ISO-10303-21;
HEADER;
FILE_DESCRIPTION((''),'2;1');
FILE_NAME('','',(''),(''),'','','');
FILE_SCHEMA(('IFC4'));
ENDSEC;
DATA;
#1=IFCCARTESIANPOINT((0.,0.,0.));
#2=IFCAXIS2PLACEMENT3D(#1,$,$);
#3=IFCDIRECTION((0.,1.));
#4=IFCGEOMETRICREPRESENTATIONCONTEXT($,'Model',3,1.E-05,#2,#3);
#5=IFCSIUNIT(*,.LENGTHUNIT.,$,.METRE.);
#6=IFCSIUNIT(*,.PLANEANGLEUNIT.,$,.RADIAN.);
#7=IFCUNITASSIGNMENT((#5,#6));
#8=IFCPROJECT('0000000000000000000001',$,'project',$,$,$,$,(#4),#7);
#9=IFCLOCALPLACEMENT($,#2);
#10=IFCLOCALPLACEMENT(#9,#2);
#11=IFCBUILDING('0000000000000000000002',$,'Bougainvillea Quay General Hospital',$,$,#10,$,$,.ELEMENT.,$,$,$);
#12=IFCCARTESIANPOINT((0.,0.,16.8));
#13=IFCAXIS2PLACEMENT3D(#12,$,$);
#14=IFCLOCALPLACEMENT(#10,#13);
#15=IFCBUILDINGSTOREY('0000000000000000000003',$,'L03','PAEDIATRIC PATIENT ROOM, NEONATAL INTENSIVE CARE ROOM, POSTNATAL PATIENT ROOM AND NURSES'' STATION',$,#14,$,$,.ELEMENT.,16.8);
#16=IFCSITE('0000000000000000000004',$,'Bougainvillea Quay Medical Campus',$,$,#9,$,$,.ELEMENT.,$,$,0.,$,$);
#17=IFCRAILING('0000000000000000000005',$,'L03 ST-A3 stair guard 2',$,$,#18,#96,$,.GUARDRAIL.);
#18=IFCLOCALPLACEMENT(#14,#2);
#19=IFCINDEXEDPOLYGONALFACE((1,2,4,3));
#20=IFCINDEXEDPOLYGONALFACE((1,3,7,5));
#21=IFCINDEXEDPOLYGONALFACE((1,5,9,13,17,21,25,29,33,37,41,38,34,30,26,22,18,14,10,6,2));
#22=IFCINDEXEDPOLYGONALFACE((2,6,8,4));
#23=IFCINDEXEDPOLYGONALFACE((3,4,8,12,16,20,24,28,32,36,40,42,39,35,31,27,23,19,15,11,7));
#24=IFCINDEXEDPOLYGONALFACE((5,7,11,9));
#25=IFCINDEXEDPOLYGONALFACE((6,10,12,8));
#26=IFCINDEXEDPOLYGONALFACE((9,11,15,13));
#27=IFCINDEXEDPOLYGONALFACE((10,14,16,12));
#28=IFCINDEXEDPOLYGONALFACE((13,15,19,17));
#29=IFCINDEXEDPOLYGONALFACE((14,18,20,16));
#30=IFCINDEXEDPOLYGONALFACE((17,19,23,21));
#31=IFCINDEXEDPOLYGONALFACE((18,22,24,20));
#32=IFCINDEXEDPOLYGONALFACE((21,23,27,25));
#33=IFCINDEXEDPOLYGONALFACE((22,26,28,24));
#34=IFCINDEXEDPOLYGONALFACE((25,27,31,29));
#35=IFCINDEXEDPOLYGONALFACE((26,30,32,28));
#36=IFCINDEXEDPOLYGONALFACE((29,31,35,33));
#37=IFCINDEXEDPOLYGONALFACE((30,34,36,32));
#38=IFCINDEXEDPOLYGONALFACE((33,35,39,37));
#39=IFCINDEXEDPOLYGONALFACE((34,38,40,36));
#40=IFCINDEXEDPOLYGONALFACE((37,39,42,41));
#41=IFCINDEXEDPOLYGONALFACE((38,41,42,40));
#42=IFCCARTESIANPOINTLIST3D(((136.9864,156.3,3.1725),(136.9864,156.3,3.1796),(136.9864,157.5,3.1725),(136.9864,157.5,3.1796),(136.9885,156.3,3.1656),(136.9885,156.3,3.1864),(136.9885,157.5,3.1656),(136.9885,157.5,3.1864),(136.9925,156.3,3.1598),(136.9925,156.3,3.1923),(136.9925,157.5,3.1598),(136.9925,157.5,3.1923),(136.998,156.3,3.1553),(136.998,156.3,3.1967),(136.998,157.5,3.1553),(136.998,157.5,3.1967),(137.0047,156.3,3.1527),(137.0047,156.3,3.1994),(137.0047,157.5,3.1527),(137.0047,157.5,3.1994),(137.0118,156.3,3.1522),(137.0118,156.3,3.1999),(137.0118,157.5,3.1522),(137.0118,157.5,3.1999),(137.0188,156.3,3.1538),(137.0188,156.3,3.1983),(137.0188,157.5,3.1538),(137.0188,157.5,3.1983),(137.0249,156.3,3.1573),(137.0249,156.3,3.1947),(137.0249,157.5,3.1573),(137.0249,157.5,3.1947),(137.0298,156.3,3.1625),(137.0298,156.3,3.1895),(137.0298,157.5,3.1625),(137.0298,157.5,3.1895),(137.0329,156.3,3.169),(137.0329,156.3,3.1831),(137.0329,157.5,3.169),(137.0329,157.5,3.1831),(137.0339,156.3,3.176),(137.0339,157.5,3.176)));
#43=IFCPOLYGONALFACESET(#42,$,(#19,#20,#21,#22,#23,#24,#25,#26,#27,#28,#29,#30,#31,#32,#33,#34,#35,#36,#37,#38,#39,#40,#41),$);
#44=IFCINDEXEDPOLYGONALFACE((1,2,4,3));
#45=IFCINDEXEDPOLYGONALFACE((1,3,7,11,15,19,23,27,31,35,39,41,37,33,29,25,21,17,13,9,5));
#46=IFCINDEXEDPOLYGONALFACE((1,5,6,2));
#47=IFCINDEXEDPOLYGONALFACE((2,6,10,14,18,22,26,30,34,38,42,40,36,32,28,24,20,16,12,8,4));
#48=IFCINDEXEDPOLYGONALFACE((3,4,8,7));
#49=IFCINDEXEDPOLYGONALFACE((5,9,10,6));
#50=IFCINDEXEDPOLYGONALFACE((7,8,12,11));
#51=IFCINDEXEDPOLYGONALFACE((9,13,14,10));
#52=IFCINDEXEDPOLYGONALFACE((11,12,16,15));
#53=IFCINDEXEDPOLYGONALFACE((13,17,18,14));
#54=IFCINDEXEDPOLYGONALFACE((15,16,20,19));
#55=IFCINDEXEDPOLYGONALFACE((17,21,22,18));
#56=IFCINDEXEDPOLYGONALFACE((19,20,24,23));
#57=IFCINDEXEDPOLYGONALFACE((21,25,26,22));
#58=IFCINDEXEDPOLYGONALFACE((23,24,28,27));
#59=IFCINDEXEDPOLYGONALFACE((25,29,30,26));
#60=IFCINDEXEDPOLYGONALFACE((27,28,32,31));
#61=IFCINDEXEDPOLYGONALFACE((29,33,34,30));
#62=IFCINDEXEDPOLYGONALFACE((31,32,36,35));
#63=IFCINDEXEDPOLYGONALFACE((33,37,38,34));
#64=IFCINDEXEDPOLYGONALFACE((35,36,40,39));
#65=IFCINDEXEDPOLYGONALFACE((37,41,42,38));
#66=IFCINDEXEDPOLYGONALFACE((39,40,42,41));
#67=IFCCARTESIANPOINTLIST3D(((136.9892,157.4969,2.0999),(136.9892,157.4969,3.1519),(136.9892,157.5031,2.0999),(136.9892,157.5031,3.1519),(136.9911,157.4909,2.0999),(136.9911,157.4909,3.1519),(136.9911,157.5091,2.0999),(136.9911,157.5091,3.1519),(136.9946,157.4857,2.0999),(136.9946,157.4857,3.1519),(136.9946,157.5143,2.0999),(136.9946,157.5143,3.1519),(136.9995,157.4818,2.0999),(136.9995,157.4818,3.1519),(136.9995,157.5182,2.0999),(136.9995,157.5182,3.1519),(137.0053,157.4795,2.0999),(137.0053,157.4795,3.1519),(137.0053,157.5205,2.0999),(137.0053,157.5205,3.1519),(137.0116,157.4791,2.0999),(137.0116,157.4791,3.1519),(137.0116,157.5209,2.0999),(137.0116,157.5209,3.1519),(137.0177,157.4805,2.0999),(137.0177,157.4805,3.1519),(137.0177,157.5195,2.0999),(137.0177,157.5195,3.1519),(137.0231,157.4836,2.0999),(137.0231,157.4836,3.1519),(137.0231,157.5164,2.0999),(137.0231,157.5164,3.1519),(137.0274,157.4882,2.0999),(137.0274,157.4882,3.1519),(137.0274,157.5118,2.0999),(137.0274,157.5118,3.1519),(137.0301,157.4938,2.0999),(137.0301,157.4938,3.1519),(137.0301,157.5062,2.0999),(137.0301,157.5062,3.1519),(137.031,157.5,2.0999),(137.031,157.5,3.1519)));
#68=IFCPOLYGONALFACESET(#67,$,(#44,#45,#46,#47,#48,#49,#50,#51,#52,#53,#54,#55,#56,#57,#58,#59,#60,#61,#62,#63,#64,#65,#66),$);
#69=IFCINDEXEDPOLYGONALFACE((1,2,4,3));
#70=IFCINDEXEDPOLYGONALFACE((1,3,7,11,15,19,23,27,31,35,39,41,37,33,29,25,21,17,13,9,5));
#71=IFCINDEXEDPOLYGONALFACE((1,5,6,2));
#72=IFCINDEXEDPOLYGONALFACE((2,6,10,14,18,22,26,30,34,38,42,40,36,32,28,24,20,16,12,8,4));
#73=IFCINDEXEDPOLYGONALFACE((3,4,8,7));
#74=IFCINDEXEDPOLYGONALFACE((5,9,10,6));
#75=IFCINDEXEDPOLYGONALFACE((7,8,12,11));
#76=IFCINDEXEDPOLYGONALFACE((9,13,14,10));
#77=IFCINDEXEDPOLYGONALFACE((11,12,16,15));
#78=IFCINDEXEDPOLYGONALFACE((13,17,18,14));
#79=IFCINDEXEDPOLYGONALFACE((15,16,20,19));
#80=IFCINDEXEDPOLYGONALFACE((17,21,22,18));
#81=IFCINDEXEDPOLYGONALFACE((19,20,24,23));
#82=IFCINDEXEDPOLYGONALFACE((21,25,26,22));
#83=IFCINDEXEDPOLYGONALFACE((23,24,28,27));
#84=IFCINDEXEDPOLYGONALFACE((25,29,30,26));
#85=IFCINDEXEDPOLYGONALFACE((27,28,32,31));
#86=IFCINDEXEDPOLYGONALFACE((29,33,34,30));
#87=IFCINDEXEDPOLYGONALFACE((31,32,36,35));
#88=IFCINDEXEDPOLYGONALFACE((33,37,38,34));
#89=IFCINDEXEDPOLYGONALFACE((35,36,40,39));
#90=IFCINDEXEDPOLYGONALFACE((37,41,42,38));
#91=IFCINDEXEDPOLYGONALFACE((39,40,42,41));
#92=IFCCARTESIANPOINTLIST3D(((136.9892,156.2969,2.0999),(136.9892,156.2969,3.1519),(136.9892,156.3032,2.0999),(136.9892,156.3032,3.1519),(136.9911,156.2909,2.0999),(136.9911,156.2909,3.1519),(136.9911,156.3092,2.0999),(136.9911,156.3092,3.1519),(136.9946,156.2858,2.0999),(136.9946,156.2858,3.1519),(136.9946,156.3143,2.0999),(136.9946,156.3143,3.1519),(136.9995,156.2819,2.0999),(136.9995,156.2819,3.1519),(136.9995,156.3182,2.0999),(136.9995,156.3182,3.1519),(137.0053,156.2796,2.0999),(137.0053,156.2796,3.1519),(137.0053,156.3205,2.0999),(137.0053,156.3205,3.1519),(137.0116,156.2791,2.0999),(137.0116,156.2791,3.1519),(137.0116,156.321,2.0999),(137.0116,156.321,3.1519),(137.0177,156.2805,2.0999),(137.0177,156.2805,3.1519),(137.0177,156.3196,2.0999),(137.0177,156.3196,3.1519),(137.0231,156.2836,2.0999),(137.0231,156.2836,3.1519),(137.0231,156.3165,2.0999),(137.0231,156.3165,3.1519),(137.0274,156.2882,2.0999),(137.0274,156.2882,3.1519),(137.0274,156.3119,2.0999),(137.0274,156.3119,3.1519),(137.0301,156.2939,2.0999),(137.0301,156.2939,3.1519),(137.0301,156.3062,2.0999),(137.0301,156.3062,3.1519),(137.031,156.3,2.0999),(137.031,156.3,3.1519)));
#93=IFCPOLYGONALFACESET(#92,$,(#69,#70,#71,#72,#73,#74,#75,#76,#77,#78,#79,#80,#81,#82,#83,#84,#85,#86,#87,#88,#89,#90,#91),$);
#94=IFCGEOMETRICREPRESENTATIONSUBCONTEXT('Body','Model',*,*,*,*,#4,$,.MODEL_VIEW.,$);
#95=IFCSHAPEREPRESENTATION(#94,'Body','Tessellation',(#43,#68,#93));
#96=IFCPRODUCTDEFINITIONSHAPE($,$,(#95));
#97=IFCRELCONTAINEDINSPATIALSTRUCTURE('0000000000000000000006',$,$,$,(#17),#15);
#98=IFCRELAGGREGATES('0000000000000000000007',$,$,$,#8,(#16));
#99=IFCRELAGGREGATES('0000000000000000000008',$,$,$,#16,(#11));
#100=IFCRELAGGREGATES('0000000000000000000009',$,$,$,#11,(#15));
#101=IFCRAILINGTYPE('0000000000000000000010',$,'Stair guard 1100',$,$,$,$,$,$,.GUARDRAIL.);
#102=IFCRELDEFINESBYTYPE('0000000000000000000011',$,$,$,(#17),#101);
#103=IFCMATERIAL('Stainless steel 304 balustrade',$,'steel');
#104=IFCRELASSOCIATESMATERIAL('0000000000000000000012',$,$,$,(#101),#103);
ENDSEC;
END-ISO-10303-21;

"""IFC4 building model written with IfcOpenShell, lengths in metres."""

from ifc_helpers import new_model, si_unit, direction, frame, origin, origin_2d, place, context, subcontext, project, spatial, circle, extrude, material, type_object, element, save


model = new_model("IFC4")

# Units and contexts
model_context = context("Model", 3, precision=1e-05, world=origin(), true_north=direction((0.0, 1.0)))
body_context = subcontext(model_context, "Body", "Model", "MODEL_VIEW")
ifc_project = project(units=[si_unit("LENGTHUNIT", "METRE"), si_unit("PLANEANGLEUNIT", "RADIAN")], contexts=[model_context])

# Site, building, storey
site_placement = place(None, origin())
site = spatial("IfcSite", under=ifc_project, at=site_placement, Name="Bougainvillea Quay Medical Campus", CompositionType="ELEMENT", RefElevation=0.0)
building_placement = place(site_placement, origin())
building = spatial("IfcBuilding", under=site, at=building_placement, Name="Bougainvillea Quay General Hospital", CompositionType="ELEMENT")
storey_placement = place(building_placement, frame((0.0, 0.0, 16.8)))
storey = spatial("IfcBuildingStorey", under=building, at=storey_placement, Name="L03", Description="PAEDIATRIC PATIENT ROOM, NEONATAL INTENSIVE CARE ROOM, POSTNATAL PATIENT ROOM AND NURSES' STATION", CompositionType="ELEMENT", Elevation=16.8)

# Railing
ifc_material_1 = material(Name="Stainless steel 304 balustrade", Category="steel")
railing_type_1 = type_object("IfcRailingType", Name="Stair guard 1100", PredefinedType="GUARDRAIL", material=ifc_material_1)
railing_1_placement = place(storey_placement, frame((137.01, 157.5, 2.0999)))
element("IfcRailing", 1, at=railing_1_placement, inside=storey, type_object=railing_type_1, Name="L03 ST-A3 stair guard 2", PredefinedType="GUARDRAIL", context=body_context, shape_type="SweptSolid", body=[
    extrude(circle(Radius=0.0239, at=origin_2d()), frame((0.0, 0.0, 1.0762), z_axis=(0.0, -1.0, 0.0), x_axis=(1.0, 0.0, 0.0)), (0.0, 0.0, 1.0), 1.2),
    extrude(circle(Radius=0.021, at=origin_2d()), origin(), (0.0, 0.0, 1.0), 1.052),
    extrude(circle(Radius=0.021, at=origin_2d()), frame((0.0, -1.2, 0.0)), (0.0, 0.0, 1.0), 1.052),
])

save(model, "model.ifc")
